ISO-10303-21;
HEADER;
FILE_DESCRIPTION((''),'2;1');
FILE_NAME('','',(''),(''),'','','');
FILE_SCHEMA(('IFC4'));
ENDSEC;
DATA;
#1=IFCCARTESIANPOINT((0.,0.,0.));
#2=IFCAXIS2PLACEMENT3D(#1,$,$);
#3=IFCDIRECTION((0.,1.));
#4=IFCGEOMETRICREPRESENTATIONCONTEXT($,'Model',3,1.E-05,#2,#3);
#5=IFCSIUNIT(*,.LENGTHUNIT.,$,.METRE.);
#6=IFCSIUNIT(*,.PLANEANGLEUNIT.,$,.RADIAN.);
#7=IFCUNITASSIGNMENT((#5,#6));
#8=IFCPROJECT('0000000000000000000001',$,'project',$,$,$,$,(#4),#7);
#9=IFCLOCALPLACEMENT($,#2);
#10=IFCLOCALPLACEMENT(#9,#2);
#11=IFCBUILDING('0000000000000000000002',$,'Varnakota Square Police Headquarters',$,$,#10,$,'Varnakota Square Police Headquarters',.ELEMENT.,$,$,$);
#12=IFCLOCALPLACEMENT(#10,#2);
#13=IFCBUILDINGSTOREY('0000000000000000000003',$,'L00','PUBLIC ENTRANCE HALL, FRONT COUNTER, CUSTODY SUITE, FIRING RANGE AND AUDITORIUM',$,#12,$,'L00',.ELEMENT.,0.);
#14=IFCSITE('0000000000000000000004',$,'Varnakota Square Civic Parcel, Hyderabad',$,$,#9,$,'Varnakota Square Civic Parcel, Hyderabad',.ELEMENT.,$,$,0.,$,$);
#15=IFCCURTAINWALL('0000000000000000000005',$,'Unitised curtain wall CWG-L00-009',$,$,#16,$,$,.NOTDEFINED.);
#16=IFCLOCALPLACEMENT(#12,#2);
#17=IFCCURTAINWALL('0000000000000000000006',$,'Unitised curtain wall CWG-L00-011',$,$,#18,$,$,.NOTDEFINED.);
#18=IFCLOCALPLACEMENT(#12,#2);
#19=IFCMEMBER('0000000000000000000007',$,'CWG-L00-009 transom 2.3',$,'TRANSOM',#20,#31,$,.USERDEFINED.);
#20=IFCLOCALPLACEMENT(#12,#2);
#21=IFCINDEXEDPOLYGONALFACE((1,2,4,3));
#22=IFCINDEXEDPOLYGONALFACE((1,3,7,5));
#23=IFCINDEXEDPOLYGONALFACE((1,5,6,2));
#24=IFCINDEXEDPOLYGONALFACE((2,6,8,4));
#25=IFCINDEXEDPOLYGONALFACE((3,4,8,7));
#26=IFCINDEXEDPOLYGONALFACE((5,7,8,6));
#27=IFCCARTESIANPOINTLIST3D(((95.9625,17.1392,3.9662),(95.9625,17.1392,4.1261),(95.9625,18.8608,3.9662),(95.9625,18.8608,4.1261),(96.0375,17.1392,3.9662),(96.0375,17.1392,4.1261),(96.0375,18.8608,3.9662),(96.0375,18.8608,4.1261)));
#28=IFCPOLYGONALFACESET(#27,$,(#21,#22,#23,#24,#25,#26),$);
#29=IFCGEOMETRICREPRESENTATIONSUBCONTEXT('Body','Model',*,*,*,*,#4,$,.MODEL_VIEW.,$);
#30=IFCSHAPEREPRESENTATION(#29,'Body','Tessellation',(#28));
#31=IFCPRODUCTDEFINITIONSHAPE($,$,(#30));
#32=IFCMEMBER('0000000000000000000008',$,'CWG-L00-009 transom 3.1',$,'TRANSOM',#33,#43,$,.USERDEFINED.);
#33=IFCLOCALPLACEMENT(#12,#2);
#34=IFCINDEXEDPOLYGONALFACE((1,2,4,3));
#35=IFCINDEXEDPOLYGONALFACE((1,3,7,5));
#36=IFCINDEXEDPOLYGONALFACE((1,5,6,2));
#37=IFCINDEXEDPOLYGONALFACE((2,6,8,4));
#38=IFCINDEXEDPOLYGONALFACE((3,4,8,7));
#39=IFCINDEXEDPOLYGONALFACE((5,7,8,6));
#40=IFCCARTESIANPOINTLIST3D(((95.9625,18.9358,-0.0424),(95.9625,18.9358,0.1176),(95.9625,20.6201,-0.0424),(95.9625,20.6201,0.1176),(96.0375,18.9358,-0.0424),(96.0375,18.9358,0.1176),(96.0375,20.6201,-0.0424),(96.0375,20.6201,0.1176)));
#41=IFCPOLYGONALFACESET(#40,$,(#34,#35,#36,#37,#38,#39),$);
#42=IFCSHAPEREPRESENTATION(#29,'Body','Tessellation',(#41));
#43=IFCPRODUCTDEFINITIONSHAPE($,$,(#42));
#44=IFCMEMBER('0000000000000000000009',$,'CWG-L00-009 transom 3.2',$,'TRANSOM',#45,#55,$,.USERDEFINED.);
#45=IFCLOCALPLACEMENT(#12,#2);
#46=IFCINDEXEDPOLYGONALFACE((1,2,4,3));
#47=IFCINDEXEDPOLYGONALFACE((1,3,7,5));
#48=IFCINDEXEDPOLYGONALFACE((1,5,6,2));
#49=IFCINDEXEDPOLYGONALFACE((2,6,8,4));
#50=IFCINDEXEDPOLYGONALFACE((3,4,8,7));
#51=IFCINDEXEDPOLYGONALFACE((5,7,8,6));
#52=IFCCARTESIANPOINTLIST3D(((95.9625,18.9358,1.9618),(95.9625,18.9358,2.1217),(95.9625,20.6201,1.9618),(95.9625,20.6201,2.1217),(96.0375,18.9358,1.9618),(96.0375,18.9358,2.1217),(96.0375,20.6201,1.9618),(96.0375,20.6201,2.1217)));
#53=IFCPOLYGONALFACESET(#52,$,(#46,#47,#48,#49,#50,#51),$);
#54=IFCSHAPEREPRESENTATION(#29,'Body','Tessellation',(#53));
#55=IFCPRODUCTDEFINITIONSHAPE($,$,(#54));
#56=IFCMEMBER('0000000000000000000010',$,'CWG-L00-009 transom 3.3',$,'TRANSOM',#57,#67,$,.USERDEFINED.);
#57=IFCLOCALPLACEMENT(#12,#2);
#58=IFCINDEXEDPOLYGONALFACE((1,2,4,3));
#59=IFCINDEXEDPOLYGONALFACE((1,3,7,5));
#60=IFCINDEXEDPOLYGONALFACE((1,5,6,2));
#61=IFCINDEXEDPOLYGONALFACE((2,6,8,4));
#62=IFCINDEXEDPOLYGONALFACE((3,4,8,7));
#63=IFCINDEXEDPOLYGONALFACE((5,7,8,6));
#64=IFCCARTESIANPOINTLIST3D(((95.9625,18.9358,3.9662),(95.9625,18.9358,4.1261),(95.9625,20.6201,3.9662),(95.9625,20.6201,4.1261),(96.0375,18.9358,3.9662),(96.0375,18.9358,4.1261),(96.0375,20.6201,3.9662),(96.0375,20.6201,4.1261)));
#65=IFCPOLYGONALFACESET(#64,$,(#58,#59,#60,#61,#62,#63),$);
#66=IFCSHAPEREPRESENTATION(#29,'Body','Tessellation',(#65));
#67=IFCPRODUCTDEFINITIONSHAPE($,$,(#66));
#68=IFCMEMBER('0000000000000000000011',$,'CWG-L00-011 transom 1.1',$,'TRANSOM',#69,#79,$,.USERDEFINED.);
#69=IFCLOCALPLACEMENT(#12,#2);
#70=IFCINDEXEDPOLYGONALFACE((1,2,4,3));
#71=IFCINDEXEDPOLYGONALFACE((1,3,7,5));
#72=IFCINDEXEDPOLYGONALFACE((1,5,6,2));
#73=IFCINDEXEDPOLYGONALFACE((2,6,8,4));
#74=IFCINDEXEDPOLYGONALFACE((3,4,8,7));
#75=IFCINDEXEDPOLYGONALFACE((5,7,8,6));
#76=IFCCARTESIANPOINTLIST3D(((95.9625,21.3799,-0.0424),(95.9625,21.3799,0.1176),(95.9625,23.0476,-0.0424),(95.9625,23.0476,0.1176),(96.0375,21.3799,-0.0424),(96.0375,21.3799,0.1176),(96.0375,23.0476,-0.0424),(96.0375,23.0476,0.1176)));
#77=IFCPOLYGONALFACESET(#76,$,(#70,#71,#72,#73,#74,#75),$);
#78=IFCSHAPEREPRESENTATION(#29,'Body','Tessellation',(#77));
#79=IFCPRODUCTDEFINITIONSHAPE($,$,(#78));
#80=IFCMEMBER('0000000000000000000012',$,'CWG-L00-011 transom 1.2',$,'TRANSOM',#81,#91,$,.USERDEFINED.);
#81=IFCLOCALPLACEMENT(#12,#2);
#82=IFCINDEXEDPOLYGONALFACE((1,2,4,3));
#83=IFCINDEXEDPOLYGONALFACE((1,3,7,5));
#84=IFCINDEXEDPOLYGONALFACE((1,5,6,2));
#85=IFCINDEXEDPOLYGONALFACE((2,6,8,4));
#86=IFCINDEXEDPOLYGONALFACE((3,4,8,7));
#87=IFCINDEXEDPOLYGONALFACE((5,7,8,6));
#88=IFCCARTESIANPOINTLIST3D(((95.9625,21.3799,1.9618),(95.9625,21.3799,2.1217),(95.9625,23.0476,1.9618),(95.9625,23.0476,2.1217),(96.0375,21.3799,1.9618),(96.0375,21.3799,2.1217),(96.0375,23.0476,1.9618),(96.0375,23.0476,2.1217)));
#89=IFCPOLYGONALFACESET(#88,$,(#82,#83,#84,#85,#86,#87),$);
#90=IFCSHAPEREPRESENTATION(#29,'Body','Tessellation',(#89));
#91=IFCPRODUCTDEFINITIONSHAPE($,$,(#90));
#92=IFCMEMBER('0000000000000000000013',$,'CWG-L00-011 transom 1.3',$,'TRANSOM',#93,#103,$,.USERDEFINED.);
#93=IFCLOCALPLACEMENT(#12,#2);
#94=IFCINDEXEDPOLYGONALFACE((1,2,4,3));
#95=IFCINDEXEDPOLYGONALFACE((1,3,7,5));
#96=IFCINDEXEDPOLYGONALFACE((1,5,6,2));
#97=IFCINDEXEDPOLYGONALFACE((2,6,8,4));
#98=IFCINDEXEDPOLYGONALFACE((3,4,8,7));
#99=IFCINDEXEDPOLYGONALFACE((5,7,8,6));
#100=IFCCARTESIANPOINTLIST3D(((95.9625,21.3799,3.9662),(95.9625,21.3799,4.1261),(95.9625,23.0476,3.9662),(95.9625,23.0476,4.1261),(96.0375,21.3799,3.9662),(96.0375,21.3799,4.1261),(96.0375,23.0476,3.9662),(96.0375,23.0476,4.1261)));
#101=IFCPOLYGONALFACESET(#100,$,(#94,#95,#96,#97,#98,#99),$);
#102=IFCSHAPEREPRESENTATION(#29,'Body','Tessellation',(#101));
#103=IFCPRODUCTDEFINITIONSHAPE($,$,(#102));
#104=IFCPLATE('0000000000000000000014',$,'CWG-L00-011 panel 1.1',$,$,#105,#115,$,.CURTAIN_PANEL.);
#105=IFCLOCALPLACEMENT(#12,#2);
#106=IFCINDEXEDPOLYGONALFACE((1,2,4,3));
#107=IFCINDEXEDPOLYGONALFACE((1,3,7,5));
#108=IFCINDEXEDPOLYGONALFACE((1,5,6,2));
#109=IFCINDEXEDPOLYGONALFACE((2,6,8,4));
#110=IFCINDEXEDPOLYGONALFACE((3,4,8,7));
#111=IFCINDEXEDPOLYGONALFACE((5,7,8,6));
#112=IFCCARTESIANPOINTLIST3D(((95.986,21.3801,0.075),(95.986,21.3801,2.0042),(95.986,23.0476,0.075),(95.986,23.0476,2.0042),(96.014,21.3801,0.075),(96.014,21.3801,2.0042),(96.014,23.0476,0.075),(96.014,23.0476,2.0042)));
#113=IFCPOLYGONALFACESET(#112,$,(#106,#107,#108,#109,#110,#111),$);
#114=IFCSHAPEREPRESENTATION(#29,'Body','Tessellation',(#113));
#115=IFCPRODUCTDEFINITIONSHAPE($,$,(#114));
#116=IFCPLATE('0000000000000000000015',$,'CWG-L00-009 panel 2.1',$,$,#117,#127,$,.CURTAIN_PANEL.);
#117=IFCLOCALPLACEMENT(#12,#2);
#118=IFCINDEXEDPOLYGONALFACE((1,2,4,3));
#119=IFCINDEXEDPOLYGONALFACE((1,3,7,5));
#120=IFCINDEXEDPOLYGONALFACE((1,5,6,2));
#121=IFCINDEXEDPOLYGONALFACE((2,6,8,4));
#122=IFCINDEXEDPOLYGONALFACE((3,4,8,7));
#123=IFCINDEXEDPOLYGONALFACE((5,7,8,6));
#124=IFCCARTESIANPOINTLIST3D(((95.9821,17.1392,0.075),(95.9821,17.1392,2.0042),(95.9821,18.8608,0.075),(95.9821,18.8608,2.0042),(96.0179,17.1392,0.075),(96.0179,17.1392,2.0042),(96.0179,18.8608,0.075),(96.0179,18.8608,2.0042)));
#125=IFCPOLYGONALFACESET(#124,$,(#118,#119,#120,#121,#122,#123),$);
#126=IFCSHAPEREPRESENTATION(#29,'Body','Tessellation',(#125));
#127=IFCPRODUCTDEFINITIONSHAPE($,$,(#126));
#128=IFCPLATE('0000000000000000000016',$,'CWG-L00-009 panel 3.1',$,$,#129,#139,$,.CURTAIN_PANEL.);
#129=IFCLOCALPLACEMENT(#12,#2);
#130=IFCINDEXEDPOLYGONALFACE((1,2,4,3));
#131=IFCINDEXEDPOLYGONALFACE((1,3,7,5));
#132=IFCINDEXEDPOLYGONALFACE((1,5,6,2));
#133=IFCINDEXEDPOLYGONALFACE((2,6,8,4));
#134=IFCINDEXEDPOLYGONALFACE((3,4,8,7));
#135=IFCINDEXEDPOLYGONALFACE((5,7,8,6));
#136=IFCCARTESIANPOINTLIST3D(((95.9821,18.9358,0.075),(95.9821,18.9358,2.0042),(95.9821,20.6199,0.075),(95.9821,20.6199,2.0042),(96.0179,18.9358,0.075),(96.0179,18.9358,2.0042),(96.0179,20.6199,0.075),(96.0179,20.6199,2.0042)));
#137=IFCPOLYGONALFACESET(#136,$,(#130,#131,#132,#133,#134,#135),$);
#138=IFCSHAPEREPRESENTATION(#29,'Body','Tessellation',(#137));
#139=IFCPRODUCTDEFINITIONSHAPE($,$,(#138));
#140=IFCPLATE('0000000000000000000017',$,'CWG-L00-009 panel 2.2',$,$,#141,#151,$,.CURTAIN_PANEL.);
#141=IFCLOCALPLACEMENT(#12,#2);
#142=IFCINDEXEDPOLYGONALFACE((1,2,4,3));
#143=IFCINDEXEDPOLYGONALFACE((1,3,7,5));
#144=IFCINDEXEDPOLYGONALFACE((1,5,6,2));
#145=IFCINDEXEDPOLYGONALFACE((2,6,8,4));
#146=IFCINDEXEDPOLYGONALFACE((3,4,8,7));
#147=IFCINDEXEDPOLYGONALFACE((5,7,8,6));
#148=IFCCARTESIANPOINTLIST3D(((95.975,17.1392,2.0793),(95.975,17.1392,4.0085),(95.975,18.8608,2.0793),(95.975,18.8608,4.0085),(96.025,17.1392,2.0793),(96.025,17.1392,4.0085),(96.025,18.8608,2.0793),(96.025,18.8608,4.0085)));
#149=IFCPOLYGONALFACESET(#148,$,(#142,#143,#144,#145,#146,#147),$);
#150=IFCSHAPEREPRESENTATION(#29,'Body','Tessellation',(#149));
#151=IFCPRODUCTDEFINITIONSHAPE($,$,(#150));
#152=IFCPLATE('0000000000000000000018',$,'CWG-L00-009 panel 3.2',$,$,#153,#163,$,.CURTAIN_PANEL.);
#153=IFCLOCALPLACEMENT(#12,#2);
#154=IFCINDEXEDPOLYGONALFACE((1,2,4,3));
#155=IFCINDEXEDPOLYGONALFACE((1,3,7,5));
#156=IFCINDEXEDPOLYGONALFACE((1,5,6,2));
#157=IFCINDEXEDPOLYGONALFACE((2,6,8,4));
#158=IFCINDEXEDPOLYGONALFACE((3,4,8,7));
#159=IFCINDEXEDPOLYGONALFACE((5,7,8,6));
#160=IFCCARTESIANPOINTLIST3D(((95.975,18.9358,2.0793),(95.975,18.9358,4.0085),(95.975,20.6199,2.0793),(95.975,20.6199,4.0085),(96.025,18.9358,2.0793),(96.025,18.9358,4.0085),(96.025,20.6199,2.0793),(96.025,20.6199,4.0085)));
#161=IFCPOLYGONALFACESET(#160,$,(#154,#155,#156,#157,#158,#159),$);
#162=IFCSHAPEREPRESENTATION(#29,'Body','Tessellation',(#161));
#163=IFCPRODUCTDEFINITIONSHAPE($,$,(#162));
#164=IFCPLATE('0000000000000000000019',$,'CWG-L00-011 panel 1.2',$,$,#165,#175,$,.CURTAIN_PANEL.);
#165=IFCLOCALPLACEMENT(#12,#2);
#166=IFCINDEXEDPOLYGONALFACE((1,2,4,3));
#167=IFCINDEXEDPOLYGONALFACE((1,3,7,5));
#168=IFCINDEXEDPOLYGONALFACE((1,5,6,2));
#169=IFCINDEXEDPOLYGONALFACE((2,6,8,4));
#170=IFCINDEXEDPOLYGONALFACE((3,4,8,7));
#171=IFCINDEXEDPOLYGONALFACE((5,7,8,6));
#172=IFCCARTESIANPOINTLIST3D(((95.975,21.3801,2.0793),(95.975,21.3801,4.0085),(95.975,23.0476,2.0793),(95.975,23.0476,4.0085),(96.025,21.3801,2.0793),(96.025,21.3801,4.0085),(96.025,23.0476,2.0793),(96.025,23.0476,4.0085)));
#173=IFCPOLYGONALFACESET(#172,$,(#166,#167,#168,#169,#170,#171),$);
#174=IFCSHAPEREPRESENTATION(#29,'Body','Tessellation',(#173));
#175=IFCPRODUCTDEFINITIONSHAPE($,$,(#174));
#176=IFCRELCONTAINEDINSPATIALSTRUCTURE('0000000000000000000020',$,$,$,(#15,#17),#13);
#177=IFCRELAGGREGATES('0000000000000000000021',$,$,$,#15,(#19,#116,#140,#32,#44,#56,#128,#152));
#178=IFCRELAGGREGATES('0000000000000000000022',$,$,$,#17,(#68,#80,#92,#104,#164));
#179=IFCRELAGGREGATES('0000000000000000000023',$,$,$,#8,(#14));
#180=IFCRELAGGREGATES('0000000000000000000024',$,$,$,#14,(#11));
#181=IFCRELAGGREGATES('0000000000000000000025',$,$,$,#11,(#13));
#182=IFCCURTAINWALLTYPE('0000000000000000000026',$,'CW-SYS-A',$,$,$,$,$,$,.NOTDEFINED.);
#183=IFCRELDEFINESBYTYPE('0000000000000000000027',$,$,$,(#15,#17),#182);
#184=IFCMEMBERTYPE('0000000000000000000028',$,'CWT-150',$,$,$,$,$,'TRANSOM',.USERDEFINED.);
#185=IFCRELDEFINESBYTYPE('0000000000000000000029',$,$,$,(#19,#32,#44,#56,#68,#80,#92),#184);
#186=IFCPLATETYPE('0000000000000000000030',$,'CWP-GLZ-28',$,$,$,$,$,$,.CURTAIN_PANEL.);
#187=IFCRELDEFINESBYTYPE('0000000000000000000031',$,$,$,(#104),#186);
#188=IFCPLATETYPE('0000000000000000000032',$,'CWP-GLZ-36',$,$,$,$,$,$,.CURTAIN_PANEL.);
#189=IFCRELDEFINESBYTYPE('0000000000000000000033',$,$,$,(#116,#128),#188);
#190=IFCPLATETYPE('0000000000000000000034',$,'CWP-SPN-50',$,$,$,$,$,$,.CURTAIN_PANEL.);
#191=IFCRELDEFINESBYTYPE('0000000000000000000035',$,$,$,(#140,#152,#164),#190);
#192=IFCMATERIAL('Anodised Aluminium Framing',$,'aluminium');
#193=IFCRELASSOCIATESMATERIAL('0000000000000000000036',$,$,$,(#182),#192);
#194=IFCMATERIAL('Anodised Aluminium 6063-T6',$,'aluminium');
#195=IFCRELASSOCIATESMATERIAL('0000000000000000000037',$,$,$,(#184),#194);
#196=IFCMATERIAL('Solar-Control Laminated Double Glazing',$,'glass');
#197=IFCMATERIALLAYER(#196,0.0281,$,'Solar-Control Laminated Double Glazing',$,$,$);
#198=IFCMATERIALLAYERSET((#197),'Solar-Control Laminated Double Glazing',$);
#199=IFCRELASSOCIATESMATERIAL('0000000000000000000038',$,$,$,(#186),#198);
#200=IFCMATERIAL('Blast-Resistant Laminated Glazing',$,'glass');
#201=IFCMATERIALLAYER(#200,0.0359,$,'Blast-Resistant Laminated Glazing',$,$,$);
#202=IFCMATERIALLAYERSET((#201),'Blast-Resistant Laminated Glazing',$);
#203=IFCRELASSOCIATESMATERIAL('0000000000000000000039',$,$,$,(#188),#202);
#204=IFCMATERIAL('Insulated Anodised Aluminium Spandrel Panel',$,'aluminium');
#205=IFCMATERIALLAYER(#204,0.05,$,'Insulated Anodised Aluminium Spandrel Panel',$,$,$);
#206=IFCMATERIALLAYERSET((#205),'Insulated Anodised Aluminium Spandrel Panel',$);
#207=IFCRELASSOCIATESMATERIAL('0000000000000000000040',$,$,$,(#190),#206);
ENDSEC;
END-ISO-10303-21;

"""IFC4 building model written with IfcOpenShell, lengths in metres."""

from ifc_helpers import new_model, si_unit, direction, frame, origin, origin_2d, place, context, subcontext, project, spatial, rectangle, extrude, material, layer, layer_set, material_profile, profile_set, type_object, element, aggregate, save


model = new_model("IFC4")

# Units and contexts
model_context = context("Model", 3, precision=1e-05, world=origin(), true_north=direction((0.0, 1.0)))
body_context = subcontext(model_context, "Body", "Model", "MODEL_VIEW")
ifc_project = project(units=[si_unit("LENGTHUNIT", "METRE"), si_unit("PLANEANGLEUNIT", "RADIAN")], contexts=[model_context])

# Site, building, storey
site_placement = place(None, origin())
site = spatial("IfcSite", under=ifc_project, at=site_placement, Name="Varnakota Square Civic Parcel, Hyderabad", LongName="Varnakota Square Civic Parcel, Hyderabad", CompositionType="ELEMENT", RefElevation=0.0)
building_placement = place(site_placement, origin())
building = spatial("IfcBuilding", under=site, at=building_placement, Name="Varnakota Square Police Headquarters", LongName="Varnakota Square Police Headquarters", CompositionType="ELEMENT")
storey_placement = place(building_placement, origin())
storey = spatial("IfcBuildingStorey", under=building, at=storey_placement, Name="L00", Description="PUBLIC ENTRANCE HALL, FRONT COUNTER, CUSTODY SUITE, FIRING RANGE AND AUDITORIUM", LongName="L00", CompositionType="ELEMENT", Elevation=0.0)

# Curtain walls
ifc_material_1 = material(Name="Anodised Aluminium Framing", Category="aluminium")
curtain_wall_type = type_object("IfcCurtainWallType", Name="CW-SYS-A", PredefinedType="NOTDEFINED", material=ifc_material_1)
curtain_wall_1_placement = place(storey_placement, origin())
curtain_wall_1 = element("IfcCurtainWall", 1, at=curtain_wall_1_placement, inside=storey, type_object=curtain_wall_type, Name="Unitised curtain wall CWG-L00-009", PredefinedType="NOTDEFINED")
ifc_material_2 = material(Name="Anodised Aluminium 6063-T6", Category="aluminium")
curtain_wall_2_placement = place(storey_placement, origin())
curtain_wall_2 = element("IfcCurtainWall", 2, at=curtain_wall_2_placement, inside=storey, type_object=curtain_wall_type, Name="Unitised curtain wall CWG-L00-011", PredefinedType="NOTDEFINED")

# Members
ifc_material_profile_1 = material_profile(ifc_material_2, rectangle(XDim=0.075, YDim=0.1599, at=origin_2d()), Name="ALU TRANSOM 75x160")
ifc_profile_set_1 = profile_set([ifc_material_profile_1], Name="Anodised Aluminium 6063-T6")
member_type_1 = type_object("IfcMemberType", Name="CWT-150", ElementType="TRANSOM", PredefinedType="USERDEFINED", material=ifc_profile_set_1)
member_1_placement = place(storey_placement, frame((96.0, 17.1392, 4.0461), z_axis=(0.0, 1.0, 0.0), x_axis=(-1.0, 0.0, 0.0)))
member_1 = element("IfcMember", 3, at=member_1_placement, type_object=member_type_1, Name="CWG-L00-009 transom 2.3", ObjectType="TRANSOM", PredefinedType="USERDEFINED", context=body_context, shape_type="SweptSolid", body=[
    extrude(rectangle(XDim=0.075, YDim=0.1599, at=origin_2d()), origin(), (0.0, 0.0, 1.0), 1.7217),
])
member_2_placement = place(storey_placement, frame((96.0, 18.9358, 0.0376), z_axis=(0.0, 1.0, 0.0), x_axis=(-1.0, 0.0, 0.0)))
member_2 = element("IfcMember", 4, at=member_2_placement, type_object=member_type_1, Name="CWG-L00-009 transom 3.1", ObjectType="TRANSOM", PredefinedType="USERDEFINED", context=body_context, shape_type="SweptSolid", body=[
    extrude(rectangle(XDim=0.075, YDim=0.1599, at=origin_2d()), origin(), (0.0, 0.0, 1.0), 1.6843),
])
member_3_placement = place(storey_placement, frame((96.0, 18.9358, 2.0417), z_axis=(0.0, 1.0, 0.0), x_axis=(-1.0, 0.0, 0.0)))
member_3 = element("IfcMember", 5, at=member_3_placement, type_object=member_type_1, Name="CWG-L00-009 transom 3.2", ObjectType="TRANSOM", PredefinedType="USERDEFINED", context=body_context, shape_type="SweptSolid", body=[
    extrude(rectangle(XDim=0.075, YDim=0.1599, at=origin_2d()), origin(), (0.0, 0.0, 1.0), 1.6843),
])
member_4_placement = place(storey_placement, frame((96.0, 18.9358, 4.0461), z_axis=(0.0, 1.0, 0.0), x_axis=(-1.0, 0.0, 0.0)))
member_4 = element("IfcMember", 6, at=member_4_placement, type_object=member_type_1, Name="CWG-L00-009 transom 3.3", ObjectType="TRANSOM", PredefinedType="USERDEFINED", context=body_context, shape_type="SweptSolid", body=[
    extrude(rectangle(XDim=0.075, YDim=0.1599, at=origin_2d()), origin(), (0.0, 0.0, 1.0), 1.6843),
])
member_5_placement = place(storey_placement, frame((96.0, 21.3799, 0.0376), z_axis=(0.0, 1.0, 0.0), x_axis=(-1.0, 0.0, 0.0)))
member_5 = element("IfcMember", 7, at=member_5_placement, type_object=member_type_1, Name="CWG-L00-011 transom 1.1", ObjectType="TRANSOM", PredefinedType="USERDEFINED", context=body_context, shape_type="SweptSolid", body=[
    extrude(rectangle(XDim=0.075, YDim=0.1599, at=origin_2d()), origin(), (0.0, 0.0, 1.0), 1.6677),
])
member_6_placement = place(storey_placement, frame((96.0, 21.3799, 2.0417), z_axis=(0.0, 1.0, 0.0), x_axis=(-1.0, 0.0, 0.0)))
member_6 = element("IfcMember", 8, at=member_6_placement, type_object=member_type_1, Name="CWG-L00-011 transom 1.2", ObjectType="TRANSOM", PredefinedType="USERDEFINED", context=body_context, shape_type="SweptSolid", body=[
    extrude(rectangle(XDim=0.075, YDim=0.1599, at=origin_2d()), origin(), (0.0, 0.0, 1.0), 1.6677),
])
member_7_placement = place(storey_placement, frame((96.0, 21.3799, 4.0461), z_axis=(0.0, 1.0, 0.0), x_axis=(-1.0, 0.0, 0.0)))
member_7 = element("IfcMember", 9, at=member_7_placement, type_object=member_type_1, Name="CWG-L00-011 transom 1.3", ObjectType="TRANSOM", PredefinedType="USERDEFINED", context=body_context, shape_type="SweptSolid", body=[
    extrude(rectangle(XDim=0.075, YDim=0.1599, at=origin_2d()), origin(), (0.0, 0.0, 1.0), 1.6677),
])

# Plates
ifc_material_3 = material(Name="Solar-Control Laminated Double Glazing", Category="glass")
ifc_layer_1 = layer(ifc_material_3, 0.0281, Name="Solar-Control Laminated Double Glazing")
ifc_layer_set_1 = layer_set([ifc_layer_1], Name="Solar-Control Laminated Double Glazing")
plate_type_1 = type_object("IfcPlateType", Name="CWP-GLZ-28", PredefinedType="CURTAIN_PANEL", material=ifc_layer_set_1)
plate_1_placement = place(storey_placement, frame((96.0, 22.2139, 0.075), z_axis=(0.0, 0.0, 1.0), x_axis=(0.0, 1.0, 0.0)))
plate_1 = element("IfcPlate", 10, at=plate_1_placement, type_object=plate_type_1, Name="CWG-L00-011 panel 1.1", PredefinedType="CURTAIN_PANEL", context=body_context, shape_type="SweptSolid", body=[
    extrude(rectangle(XDim=1.6675, YDim=0.0281, at=origin_2d()), origin(), (0.0, 0.0, 1.0), 1.9292),
])
ifc_material_4 = material(Name="Blast-Resistant Laminated Glazing", Category="glass")
ifc_layer_2 = layer(ifc_material_4, 0.0359, Name="Blast-Resistant Laminated Glazing")
ifc_layer_set_2 = layer_set([ifc_layer_2], Name="Blast-Resistant Laminated Glazing")
plate_type_2 = type_object("IfcPlateType", Name="CWP-GLZ-36", PredefinedType="CURTAIN_PANEL", material=ifc_layer_set_2)
plate_2_placement = place(storey_placement, frame((96.0, 18.0, 0.075), z_axis=(0.0, 0.0, 1.0), x_axis=(0.0, 1.0, 0.0)))
plate_2 = element("IfcPlate", 11, at=plate_2_placement, type_object=plate_type_2, Name="CWG-L00-009 panel 2.1", PredefinedType="CURTAIN_PANEL", context=body_context, shape_type="SweptSolid", body=[
    extrude(rectangle(XDim=1.7217, YDim=0.0359, at=origin_2d()), origin(), (0.0, 0.0, 1.0), 1.9292),
])
plate_3_placement = place(storey_placement, frame((96.0, 19.7778, 0.075), z_axis=(0.0, 0.0, 1.0), x_axis=(0.0, 1.0, 0.0)))
plate_3 = element("IfcPlate", 12, at=plate_3_placement, type_object=plate_type_2, Name="CWG-L00-009 panel 3.1", PredefinedType="CURTAIN_PANEL", context=body_context, shape_type="SweptSolid", body=[
    extrude(rectangle(XDim=1.6841, YDim=0.0359, at=origin_2d()), origin(), (0.0, 0.0, 1.0), 1.9292),
])
ifc_material_5 = material(Name="Insulated Anodised Aluminium Spandrel Panel", Category="aluminium")
ifc_layer_3 = layer(ifc_material_5, 0.05, Name="Insulated Anodised Aluminium Spandrel Panel")
ifc_layer_set_3 = layer_set([ifc_layer_3], Name="Insulated Anodised Aluminium Spandrel Panel")
plate_type_3 = type_object("IfcPlateType", Name="CWP-SPN-50", PredefinedType="CURTAIN_PANEL", material=ifc_layer_set_3)
plate_4_placement = place(storey_placement, frame((96.0, 18.0, 2.0793), z_axis=(0.0, 0.0, 1.0), x_axis=(0.0, 1.0, 0.0)))
plate_4 = element("IfcPlate", 13, at=plate_4_placement, type_object=plate_type_3, Name="CWG-L00-009 panel 2.2", PredefinedType="CURTAIN_PANEL", context=body_context, shape_type="SweptSolid", body=[
    extrude(rectangle(XDim=1.7217, YDim=0.05, at=origin_2d()), origin(), (0.0, 0.0, 1.0), 1.9292),
])
plate_5_placement = place(storey_placement, frame((96.0, 19.7778, 2.0793), z_axis=(0.0, 0.0, 1.0), x_axis=(0.0, 1.0, 0.0)))
plate_5 = element("IfcPlate", 14, at=plate_5_placement, type_object=plate_type_3, Name="CWG-L00-009 panel 3.2", PredefinedType="CURTAIN_PANEL", context=body_context, shape_type="SweptSolid", body=[
    extrude(rectangle(XDim=1.6841, YDim=0.05, at=origin_2d()), origin(), (0.0, 0.0, 1.0), 1.9292),
])
aggregate(curtain_wall_1, [member_1, plate_2, plate_4, member_2, member_3, member_4, plate_3, plate_5])
plate_6_placement = place(storey_placement, frame((96.0, 22.2139, 2.0793), z_axis=(0.0, 0.0, 1.0), x_axis=(0.0, 1.0, 0.0)))
plate_6 = element("IfcPlate", 15, at=plate_6_placement, type_object=plate_type_3, Name="CWG-L00-011 panel 1.2", PredefinedType="CURTAIN_PANEL", context=body_context, shape_type="SweptSolid", body=[
    extrude(rectangle(XDim=1.6675, YDim=0.05, at=origin_2d()), origin(), (0.0, 0.0, 1.0), 1.9292),
])
aggregate(curtain_wall_2, [member_5, member_6, member_7, plate_1, plate_6])

save(model, "model.ifc")
